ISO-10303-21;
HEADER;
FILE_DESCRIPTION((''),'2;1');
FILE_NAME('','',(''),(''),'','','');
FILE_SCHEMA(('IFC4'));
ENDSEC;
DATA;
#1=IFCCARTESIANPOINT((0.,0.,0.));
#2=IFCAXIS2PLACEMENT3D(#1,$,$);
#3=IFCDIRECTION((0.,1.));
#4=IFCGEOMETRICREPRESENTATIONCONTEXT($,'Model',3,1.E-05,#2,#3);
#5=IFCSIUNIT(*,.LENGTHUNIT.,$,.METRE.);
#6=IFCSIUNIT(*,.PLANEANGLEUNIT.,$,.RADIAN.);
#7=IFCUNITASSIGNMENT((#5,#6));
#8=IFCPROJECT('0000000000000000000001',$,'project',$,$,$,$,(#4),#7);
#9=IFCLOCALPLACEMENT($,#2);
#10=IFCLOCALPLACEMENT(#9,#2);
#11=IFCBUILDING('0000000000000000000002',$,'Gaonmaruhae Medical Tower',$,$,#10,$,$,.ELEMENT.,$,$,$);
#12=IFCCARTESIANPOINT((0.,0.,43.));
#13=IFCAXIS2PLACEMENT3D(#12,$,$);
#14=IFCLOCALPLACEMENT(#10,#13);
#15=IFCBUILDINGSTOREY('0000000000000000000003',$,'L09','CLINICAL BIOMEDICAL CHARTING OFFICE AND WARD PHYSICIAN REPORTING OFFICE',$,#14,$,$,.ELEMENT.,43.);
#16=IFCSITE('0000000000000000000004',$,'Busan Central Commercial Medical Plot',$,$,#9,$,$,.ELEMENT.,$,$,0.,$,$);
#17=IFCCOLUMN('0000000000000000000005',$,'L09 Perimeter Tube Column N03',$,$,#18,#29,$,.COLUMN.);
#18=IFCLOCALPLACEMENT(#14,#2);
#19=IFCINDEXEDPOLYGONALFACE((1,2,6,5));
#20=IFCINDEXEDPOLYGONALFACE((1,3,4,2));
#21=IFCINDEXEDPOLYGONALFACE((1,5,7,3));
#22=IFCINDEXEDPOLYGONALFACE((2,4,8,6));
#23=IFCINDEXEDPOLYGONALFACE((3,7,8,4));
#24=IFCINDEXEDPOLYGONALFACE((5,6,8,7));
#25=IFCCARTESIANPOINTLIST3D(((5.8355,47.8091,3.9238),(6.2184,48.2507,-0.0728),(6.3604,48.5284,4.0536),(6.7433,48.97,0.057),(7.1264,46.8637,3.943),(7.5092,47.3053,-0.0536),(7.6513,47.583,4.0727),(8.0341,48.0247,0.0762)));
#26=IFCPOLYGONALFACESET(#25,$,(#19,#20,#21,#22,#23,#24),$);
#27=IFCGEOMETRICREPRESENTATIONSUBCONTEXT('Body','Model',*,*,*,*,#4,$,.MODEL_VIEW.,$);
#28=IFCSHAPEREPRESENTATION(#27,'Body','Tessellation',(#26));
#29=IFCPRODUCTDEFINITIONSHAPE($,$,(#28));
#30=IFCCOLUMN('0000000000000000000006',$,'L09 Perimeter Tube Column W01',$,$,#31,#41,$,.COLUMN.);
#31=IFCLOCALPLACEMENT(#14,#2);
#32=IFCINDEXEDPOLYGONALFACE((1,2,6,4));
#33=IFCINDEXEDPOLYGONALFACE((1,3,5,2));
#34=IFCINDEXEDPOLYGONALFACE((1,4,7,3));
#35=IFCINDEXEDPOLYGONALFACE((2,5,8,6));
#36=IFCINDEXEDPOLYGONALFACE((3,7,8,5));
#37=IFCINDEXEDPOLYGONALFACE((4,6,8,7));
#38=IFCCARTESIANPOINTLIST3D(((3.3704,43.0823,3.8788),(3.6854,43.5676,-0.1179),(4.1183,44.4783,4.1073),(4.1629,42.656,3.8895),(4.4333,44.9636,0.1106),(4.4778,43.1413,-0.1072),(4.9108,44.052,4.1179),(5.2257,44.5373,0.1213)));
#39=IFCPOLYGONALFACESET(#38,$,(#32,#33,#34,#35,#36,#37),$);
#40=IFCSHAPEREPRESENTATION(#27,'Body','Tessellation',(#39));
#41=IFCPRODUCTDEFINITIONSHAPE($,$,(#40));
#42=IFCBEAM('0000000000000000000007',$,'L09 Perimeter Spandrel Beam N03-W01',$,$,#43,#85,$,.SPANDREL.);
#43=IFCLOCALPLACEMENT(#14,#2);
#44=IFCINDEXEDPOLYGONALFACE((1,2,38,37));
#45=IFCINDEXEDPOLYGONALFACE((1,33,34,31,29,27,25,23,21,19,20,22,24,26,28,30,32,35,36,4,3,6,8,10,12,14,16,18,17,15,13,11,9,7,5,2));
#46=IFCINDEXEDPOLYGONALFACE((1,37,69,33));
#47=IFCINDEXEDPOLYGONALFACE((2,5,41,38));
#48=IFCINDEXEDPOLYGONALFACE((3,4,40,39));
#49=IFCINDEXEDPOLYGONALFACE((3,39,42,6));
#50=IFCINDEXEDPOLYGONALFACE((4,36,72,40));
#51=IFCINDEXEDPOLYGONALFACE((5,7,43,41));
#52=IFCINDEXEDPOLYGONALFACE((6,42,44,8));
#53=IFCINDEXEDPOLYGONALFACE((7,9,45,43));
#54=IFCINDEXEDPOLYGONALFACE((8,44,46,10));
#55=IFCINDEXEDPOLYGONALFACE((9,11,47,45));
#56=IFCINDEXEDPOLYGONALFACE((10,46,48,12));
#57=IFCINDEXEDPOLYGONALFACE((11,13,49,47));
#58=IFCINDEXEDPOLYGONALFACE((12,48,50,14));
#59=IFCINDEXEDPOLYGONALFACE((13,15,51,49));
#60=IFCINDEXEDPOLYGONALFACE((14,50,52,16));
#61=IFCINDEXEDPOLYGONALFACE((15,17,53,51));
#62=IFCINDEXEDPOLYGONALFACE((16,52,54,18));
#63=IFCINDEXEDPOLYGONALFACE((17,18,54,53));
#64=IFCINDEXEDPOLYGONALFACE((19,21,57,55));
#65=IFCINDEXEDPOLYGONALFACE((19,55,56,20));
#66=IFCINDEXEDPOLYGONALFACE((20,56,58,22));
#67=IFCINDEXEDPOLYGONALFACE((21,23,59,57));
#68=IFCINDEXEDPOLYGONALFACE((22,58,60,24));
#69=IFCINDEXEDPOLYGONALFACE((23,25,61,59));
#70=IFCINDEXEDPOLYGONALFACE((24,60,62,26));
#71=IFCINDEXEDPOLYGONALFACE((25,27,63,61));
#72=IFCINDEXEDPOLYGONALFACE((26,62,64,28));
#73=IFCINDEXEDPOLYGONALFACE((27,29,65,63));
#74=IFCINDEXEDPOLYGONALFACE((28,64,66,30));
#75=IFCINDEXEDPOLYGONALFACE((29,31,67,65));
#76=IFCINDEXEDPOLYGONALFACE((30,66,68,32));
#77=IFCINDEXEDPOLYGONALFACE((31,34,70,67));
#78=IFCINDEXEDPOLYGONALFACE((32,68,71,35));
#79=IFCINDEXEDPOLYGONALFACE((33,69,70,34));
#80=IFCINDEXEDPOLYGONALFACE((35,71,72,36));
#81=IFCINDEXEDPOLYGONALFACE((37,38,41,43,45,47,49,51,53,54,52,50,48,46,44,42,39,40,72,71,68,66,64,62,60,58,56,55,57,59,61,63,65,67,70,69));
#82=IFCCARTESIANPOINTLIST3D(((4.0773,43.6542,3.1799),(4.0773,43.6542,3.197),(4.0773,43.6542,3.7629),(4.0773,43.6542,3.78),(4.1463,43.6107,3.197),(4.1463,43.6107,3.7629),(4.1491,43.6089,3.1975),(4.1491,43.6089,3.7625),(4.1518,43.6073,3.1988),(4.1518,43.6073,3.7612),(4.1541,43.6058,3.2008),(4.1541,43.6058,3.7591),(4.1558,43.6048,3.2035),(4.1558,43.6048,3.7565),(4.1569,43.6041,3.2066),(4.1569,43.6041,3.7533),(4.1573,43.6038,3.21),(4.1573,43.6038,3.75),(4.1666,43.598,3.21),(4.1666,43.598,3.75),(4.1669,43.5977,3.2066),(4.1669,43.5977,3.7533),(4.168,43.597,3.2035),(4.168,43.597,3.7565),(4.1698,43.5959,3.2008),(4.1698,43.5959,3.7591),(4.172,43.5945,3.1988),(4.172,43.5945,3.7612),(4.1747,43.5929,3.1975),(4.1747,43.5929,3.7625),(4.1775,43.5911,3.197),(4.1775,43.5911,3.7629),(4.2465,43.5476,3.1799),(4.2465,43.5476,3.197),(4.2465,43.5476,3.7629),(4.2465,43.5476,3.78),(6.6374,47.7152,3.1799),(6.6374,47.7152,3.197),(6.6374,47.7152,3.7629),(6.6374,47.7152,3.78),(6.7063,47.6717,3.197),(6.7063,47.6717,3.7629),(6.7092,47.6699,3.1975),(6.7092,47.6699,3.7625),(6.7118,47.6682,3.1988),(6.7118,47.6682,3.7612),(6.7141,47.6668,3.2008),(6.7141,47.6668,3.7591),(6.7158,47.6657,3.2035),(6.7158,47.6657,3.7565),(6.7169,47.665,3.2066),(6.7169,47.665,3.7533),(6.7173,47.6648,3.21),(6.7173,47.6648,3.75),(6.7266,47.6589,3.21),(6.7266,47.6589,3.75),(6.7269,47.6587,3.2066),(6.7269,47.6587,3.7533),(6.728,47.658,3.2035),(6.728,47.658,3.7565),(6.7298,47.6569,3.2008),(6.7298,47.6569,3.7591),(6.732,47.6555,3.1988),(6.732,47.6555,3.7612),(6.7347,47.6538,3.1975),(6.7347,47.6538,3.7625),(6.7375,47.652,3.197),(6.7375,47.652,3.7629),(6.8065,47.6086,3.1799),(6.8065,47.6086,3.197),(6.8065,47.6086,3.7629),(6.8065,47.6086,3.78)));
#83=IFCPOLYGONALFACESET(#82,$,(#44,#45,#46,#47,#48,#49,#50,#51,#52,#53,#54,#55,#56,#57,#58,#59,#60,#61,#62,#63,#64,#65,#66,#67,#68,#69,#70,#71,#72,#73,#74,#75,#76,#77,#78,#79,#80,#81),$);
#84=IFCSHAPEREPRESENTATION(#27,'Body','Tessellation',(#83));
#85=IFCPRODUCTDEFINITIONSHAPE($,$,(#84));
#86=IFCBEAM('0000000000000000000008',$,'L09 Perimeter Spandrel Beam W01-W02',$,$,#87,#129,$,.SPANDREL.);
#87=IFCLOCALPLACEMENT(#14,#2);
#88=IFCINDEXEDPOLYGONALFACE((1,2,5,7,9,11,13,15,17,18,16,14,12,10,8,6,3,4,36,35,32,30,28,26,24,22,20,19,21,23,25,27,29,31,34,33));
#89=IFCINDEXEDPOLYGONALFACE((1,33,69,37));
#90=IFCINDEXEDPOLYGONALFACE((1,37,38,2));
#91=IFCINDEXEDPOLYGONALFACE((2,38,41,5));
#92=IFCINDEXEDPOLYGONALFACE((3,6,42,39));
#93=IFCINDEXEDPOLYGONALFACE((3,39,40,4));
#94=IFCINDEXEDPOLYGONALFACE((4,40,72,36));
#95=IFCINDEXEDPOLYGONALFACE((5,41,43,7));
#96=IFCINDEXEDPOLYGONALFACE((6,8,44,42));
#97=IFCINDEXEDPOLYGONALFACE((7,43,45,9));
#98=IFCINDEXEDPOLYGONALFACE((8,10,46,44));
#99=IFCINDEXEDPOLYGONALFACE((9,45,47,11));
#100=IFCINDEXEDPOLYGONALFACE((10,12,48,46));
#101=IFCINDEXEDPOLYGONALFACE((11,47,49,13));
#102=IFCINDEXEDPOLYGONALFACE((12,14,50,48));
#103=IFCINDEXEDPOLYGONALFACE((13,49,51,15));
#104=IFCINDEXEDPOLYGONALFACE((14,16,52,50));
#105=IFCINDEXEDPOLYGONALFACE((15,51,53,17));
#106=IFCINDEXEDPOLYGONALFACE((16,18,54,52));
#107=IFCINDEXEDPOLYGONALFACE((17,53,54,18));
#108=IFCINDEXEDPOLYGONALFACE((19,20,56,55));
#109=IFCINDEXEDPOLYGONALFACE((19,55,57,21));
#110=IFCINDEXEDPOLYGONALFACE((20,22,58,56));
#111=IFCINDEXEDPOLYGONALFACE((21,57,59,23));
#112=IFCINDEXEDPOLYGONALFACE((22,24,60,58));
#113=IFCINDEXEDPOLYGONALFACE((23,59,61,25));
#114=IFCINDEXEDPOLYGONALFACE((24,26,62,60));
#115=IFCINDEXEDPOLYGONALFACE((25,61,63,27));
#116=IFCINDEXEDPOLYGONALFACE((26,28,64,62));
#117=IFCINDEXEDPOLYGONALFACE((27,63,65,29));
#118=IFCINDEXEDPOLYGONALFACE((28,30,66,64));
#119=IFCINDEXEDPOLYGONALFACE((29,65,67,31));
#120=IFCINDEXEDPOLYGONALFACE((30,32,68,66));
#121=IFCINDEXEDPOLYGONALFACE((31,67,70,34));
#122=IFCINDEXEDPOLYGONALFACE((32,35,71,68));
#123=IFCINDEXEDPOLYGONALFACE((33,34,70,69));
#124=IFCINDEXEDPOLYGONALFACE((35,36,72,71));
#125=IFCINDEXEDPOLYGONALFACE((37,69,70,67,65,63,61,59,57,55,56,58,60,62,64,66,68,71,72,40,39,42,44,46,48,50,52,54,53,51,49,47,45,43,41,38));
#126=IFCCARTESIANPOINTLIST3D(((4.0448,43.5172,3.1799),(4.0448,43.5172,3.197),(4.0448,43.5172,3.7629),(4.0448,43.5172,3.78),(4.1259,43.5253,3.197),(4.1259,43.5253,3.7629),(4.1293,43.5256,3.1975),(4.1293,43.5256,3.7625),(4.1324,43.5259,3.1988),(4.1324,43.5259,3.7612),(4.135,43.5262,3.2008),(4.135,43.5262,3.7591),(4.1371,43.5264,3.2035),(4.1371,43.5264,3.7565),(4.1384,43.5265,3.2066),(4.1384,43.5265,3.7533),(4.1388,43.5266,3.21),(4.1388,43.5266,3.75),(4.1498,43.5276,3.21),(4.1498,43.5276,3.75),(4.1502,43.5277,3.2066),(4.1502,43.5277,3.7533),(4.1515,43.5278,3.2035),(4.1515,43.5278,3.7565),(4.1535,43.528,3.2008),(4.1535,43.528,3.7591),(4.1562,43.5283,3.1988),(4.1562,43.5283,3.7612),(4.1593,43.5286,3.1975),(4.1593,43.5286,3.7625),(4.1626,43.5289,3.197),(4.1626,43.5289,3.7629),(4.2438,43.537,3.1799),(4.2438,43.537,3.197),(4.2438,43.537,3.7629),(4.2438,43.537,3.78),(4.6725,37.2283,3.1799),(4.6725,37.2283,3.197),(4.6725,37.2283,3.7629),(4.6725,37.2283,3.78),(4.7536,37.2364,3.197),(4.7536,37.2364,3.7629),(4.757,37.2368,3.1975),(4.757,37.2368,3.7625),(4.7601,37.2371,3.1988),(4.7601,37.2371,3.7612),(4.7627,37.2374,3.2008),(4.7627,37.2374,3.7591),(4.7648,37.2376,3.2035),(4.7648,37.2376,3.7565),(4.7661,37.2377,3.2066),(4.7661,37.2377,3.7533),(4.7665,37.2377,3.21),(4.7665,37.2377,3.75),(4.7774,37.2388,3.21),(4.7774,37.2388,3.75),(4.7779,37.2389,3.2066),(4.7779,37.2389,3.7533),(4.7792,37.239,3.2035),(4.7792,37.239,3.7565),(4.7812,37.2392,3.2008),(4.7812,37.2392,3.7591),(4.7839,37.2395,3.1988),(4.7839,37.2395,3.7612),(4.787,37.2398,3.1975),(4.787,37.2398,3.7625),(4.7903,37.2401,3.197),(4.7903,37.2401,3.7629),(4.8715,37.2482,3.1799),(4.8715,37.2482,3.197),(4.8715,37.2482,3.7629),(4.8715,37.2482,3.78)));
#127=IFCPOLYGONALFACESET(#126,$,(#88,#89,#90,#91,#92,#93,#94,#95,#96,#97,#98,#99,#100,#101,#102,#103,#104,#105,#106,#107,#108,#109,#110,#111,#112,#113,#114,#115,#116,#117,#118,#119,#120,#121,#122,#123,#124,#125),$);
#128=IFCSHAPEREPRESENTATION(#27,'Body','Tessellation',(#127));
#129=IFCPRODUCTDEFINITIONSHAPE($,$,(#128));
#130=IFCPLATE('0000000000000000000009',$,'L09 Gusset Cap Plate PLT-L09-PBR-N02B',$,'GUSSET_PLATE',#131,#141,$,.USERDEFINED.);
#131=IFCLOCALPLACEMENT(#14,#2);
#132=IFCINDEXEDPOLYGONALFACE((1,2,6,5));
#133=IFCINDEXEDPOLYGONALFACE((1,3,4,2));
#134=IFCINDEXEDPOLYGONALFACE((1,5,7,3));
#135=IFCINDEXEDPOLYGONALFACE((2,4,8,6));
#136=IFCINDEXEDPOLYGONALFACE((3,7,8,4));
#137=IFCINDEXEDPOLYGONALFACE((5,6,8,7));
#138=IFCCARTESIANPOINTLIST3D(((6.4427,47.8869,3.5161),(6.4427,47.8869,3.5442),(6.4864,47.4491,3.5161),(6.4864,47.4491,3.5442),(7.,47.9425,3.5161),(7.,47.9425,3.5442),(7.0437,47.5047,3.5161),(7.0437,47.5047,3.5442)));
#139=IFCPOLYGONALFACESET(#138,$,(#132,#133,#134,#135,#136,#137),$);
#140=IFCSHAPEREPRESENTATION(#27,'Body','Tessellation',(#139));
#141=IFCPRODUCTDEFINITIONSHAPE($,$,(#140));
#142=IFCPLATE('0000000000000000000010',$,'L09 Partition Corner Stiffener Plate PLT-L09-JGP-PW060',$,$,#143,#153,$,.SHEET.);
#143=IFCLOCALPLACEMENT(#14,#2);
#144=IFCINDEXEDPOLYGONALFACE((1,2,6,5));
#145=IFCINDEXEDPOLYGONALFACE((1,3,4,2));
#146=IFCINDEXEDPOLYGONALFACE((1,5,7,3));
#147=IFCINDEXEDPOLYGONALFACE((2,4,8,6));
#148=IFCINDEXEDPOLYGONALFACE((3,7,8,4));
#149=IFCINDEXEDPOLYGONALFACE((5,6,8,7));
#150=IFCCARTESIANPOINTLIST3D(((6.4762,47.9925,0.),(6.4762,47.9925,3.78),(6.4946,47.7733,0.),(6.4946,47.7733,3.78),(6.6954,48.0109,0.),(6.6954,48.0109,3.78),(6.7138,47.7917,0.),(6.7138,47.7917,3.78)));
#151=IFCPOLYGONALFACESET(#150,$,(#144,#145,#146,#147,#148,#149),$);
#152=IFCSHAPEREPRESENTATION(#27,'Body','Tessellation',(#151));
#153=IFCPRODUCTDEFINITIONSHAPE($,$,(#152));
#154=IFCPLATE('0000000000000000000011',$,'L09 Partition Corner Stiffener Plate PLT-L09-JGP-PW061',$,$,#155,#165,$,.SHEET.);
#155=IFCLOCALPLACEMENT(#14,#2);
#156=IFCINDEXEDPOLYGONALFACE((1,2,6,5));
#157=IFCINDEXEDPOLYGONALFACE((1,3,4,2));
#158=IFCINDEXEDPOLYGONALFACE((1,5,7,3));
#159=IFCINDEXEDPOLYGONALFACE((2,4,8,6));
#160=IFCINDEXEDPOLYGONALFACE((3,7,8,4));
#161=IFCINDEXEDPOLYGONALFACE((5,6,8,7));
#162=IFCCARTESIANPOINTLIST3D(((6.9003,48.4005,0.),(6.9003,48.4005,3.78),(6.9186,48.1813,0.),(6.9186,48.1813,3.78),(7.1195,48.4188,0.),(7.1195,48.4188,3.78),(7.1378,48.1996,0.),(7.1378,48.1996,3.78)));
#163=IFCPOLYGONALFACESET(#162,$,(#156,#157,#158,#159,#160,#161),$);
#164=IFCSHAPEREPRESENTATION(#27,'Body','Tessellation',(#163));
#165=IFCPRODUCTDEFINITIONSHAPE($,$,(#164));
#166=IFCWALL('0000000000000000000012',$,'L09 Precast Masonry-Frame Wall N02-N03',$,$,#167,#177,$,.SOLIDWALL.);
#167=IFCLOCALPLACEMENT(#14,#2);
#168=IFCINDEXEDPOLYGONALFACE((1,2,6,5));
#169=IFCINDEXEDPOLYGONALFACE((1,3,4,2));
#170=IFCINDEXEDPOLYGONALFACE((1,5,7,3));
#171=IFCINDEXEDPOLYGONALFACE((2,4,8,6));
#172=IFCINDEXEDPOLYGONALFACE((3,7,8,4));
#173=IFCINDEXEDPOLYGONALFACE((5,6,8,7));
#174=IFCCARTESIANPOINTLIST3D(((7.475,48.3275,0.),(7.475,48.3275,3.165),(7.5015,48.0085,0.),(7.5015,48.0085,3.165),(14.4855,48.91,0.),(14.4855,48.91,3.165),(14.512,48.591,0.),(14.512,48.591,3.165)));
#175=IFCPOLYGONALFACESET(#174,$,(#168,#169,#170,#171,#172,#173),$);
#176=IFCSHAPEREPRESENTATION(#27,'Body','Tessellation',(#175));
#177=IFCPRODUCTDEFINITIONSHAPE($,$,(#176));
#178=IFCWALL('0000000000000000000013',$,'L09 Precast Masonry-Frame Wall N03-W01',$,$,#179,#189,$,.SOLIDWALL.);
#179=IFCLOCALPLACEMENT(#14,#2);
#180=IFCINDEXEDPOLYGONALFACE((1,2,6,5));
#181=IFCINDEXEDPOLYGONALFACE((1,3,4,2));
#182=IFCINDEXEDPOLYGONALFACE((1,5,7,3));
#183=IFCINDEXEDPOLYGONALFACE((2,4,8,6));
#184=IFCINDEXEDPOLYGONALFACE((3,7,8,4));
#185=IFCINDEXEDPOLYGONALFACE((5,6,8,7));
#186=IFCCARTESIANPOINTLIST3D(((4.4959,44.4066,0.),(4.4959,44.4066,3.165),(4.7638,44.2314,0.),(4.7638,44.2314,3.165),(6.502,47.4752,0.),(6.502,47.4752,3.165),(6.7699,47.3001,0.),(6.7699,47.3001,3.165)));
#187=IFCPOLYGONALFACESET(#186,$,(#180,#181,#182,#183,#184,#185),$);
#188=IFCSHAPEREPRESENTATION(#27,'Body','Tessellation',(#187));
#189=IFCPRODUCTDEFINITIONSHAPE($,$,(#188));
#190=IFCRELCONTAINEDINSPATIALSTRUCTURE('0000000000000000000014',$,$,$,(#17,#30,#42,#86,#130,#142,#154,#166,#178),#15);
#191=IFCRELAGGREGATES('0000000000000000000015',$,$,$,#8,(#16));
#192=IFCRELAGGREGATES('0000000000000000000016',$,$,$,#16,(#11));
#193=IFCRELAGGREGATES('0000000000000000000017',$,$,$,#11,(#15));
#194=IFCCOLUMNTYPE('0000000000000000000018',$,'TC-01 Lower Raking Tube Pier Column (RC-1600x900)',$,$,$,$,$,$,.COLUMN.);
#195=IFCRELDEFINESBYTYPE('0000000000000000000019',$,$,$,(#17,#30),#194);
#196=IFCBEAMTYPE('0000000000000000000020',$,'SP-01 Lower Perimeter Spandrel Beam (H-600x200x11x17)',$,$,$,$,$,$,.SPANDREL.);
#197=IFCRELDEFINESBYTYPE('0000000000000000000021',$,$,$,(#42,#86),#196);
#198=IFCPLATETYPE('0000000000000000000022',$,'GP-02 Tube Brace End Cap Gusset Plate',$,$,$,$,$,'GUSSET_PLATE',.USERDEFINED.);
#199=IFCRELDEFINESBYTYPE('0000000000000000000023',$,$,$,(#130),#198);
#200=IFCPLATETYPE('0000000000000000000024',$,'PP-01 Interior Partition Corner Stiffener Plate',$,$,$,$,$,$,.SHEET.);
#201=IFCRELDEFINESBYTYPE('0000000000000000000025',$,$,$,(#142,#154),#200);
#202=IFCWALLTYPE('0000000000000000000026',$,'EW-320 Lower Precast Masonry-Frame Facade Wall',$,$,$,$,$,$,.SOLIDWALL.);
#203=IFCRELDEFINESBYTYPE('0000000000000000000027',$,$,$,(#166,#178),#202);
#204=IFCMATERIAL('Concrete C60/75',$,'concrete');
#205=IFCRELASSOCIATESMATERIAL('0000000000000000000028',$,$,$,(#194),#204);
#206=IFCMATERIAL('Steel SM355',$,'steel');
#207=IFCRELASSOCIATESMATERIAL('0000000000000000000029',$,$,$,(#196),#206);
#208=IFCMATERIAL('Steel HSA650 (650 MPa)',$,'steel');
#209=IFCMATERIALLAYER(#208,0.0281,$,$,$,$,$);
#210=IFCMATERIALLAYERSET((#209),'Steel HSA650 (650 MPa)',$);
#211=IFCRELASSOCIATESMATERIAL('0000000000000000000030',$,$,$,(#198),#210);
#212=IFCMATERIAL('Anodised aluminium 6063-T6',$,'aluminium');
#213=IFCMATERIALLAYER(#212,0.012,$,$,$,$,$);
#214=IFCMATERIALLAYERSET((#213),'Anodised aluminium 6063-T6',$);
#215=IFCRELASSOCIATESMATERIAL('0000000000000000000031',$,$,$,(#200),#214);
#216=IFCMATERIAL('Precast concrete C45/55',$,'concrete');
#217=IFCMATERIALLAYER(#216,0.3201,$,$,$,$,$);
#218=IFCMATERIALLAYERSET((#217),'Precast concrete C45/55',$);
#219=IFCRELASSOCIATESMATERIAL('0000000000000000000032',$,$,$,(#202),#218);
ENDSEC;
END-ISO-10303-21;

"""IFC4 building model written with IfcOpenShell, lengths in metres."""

from ifc_helpers import new_model, si_unit, direction, frame, frame_2d, origin, origin_2d, place, context, subcontext, project, spatial, rectangle, i_section, extrude, material, layer, layer_set, material_profile, profile_set, type_object, element, save


model = new_model("IFC4")

# Units and contexts
model_context = context("Model", 3, precision=1e-05, world=origin(), true_north=direction((0.0, 1.0)))
body_context = subcontext(model_context, "Body", "Model", "MODEL_VIEW")
ifc_project = project(units=[si_unit("LENGTHUNIT", "METRE"), si_unit("PLANEANGLEUNIT", "RADIAN")], contexts=[model_context])

# Site, building, storey
site_placement = place(None, origin())
site = spatial("IfcSite", under=ifc_project, at=site_placement, Name="Busan Central Commercial Medical Plot", CompositionType="ELEMENT", RefElevation=0.0)
building_placement = place(site_placement, origin())
building = spatial("IfcBuilding", under=site, at=building_placement, Name="Gaonmaruhae Medical Tower", CompositionType="ELEMENT")
storey_placement = place(building_placement, frame((0.0, 0.0, 43.0)))
storey = spatial("IfcBuildingStorey", under=building, at=storey_placement, Name="L09", Description="CLINICAL BIOMEDICAL CHARTING OFFICE AND WARD PHYSICIAN REPORTING OFFICE", CompositionType="ELEMENT", Elevation=43.0)

# Columns
ifc_material_1 = material(Name="Concrete C60/75", Category="concrete")
ifc_material_profile_1 = material_profile(ifc_material_1, rectangle(XDim=1.6001, YDim=0.8999, at=origin_2d()), Name="RC-1600x900")
ifc_profile_set_1 = profile_set([ifc_material_profile_1], Name="Concrete C60/75")
column_type = type_object("IfcColumnType", Name="TC-01 Lower Raking Tube Pier Column (RC-1600x900)", PredefinedType="COLUMN", material=ifc_profile_set_1)
column_1_placement = place(storey_placement, frame((7.1262, 48.1377, 0.0017), z_axis=(-0.094777, -0.109344, 0.989475), x_axis=(0.806719, -0.590813, 0.011983)))
element("IfcColumn", 1, at=column_1_placement, inside=storey, type_object=column_type, Name="L09 Perimeter Tube Column N03", PredefinedType="COLUMN", context=body_context, shape_type="SweptSolid", body=[
    extrude(rectangle(XDim=1.6001, YDim=0.8999, at=origin_2d()), origin(), (0.0, 0.0, 1.0), 4.0391),
])
column_2_placement = place(storey_placement, frame((4.4556, 44.0525, 0.0017), z_axis=(-0.07799, -0.120189, 0.989683), x_axis=(0.467404, 0.872437, 0.142783)))
element("IfcColumn", 2, at=column_2_placement, inside=storey, type_object=column_type, Name="L09 Perimeter Tube Column W01", PredefinedType="COLUMN", context=body_context, shape_type="SweptSolid", body=[
    extrude(rectangle(XDim=1.6001, YDim=0.8999, at=origin_2d()), origin(), (0.0, 0.0, 1.0), 4.0383),
])

# Beams
ifc_material_2 = material(Name="Steel SM355", Category="steel")
ifc_material_profile_2 = material_profile(ifc_material_2, i_section(OverallWidth=0.2, OverallDepth=0.6001, WebThickness=0.011, FlangeThickness=0.0171, FilletRadius=0.0129, at=origin_2d()), Name="H-600x200x11x17")
ifc_profile_set_2 = profile_set([ifc_material_profile_2], Name="Steel SM355")
beam_type = type_object("IfcBeamType", Name="SP-01 Lower Perimeter Spandrel Beam (H-600x200x11x17)", PredefinedType="SPANDREL", material=ifc_profile_set_2)
beam_1_placement = place(storey_placement, frame((6.7219, 47.6619, 3.48), z_axis=(-0.533277, -0.845941, 0.0), x_axis=(0.845941, -0.533277, 0.0)))
element("IfcBeam", 3, at=beam_1_placement, inside=storey, type_object=beam_type, Name="L09 Perimeter Spandrel Beam N03-W01", PredefinedType="SPANDREL", context=body_context, shape_type="SweptSolid", body=[
    extrude(i_section(OverallWidth=0.2, OverallDepth=0.6001, WebThickness=0.011, FlangeThickness=0.0171, FilletRadius=0.0129, at=origin_2d()), origin(), (0.0, 0.0, 1.0), 4.8005),
])
beam_2_placement = place(storey_placement, frame((4.1443, 43.5271, 3.48), z_axis=(0.099316, -0.995056, 0.0), x_axis=(0.995056, 0.099316, 0.0)))
element("IfcBeam", 4, at=beam_2_placement, inside=storey, type_object=beam_type, Name="L09 Perimeter Spandrel Beam W01-W02", PredefinedType="SPANDREL", context=body_context, shape_type="SweptSolid", body=[
    extrude(i_section(OverallWidth=0.2, OverallDepth=0.6001, WebThickness=0.011, FlangeThickness=0.0171, FilletRadius=0.0129, at=origin_2d()), origin(), (0.0, 0.0, 1.0), 6.3201),
])

# Plates
ifc_material_3 = material(Name="Steel HSA650 (650 MPa)", Category="steel")
ifc_layer_1 = layer(ifc_material_3, 0.0281)
ifc_layer_set_1 = layer_set([ifc_layer_1], Name="Steel HSA650 (650 MPa)")
plate_type_1 = type_object("IfcPlateType", Name="GP-02 Tube Brace End Cap Gusset Plate", ElementType="GUSSET_PLATE", PredefinedType="USERDEFINED", material=ifc_layer_set_1)
plate_placement = place(storey_placement, frame((6.7432, 47.6958, 3.5161), z_axis=(0.0, 0.0, 1.0), x_axis=(0.995056, 0.09932, 0.0)))
element("IfcPlate", 5, at=plate_placement, inside=storey, type_object=plate_type_1, Name="L09 Gusset Cap Plate PLT-L09-PBR-N02B", ObjectType="GUSSET_PLATE", PredefinedType="USERDEFINED", context=body_context, shape_type="SweptSolid", body=[
    extrude(rectangle(XDim=0.5601, YDim=0.4399, at=origin_2d()), origin(), (0.0, 0.0, 1.0), 0.0281),
])
ifc_material_4 = material(Name="Anodised aluminium 6063-T6", Category="aluminium")
ifc_layer_2 = layer(ifc_material_4, 0.012)
ifc_layer_set_2 = layer_set([ifc_layer_2], Name="Anodised aluminium 6063-T6")
plate_type_2 = type_object("IfcPlateType", Name="PP-01 Interior Partition Corner Stiffener Plate", PredefinedType="SHEET", material=ifc_layer_set_2)
for number, where, z_axis, x_axis, name in (
    (6, (6.595, 47.8921, 0.0), (0.0, 0.0, 1.0), (-0.083487, 0.996509, 0.0), "L09 Partition Corner Stiffener Plate PLT-L09-JGP-PW060"),
    (7, (7.019, 48.3, 0.0), (0.0, 0.0, 1.0), (0.996531, 0.083226, 0.0), "L09 Partition Corner Stiffener Plate PLT-L09-JGP-PW061"),
):
    element("IfcPlate", number, at=place(storey_placement, frame(where, z_axis=z_axis, x_axis=x_axis)), inside=storey, type_object=plate_type_2, Name=name, PredefinedType="SHEET", context=body_context, shape_type="SweptSolid", body=[
        extrude(rectangle(XDim=0.22, YDim=0.22, at=origin_2d()), origin(), (0.0, 0.0, 1.0), 3.78),
    ])

# Walls
ifc_material_5 = material(Name="Precast concrete C45/55", Category="concrete")
ifc_layer_3 = layer(ifc_material_5, 0.3201)
ifc_layer_set_3 = layer_set([ifc_layer_3], Name="Precast concrete C45/55")
wall_type_1 = type_object("IfcWallType", Name="EW-320 Lower Precast Masonry-Frame Facade Wall", PredefinedType="SOLIDWALL", material=ifc_layer_set_3)
wall_1_placement = place(storey_placement, frame((7.4883, 48.168, 0.0), z_axis=(0.0, 0.0, 1.0), x_axis=(0.996566, 0.082807, 0.0)))
element("IfcWall", 8, at=wall_1_placement, inside=storey, type_object=wall_type_1, Name="L09 Precast Masonry-Frame Wall N02-N03", PredefinedType="SOLIDWALL", context=body_context, shape_type="SweptSolid", body=[
    extrude(rectangle(XDim=7.0347, YDim=0.3201, at=frame_2d((3.5173, 0.0))), origin(), (0.0, 0.0, 1.0), 3.165),
])
wall_2_placement = place(storey_placement, frame((4.6299, 44.3191, 0.0), z_axis=(0.0, 0.0, 1.0), x_axis=(0.547194, 0.837006, 0.0)))
element("IfcWall", 9, at=wall_2_placement, inside=storey, type_object=wall_type_1, Name="L09 Precast Masonry-Frame Wall N03-W01", PredefinedType="SOLIDWALL", context=body_context, shape_type="SweptSolid", body=[
    extrude(rectangle(XDim=3.6663, YDim=0.3201, at=frame_2d((1.833, 0.0))), origin(), (0.0, 0.0, 1.0), 3.165),
])

save(model, "model.ifc")
